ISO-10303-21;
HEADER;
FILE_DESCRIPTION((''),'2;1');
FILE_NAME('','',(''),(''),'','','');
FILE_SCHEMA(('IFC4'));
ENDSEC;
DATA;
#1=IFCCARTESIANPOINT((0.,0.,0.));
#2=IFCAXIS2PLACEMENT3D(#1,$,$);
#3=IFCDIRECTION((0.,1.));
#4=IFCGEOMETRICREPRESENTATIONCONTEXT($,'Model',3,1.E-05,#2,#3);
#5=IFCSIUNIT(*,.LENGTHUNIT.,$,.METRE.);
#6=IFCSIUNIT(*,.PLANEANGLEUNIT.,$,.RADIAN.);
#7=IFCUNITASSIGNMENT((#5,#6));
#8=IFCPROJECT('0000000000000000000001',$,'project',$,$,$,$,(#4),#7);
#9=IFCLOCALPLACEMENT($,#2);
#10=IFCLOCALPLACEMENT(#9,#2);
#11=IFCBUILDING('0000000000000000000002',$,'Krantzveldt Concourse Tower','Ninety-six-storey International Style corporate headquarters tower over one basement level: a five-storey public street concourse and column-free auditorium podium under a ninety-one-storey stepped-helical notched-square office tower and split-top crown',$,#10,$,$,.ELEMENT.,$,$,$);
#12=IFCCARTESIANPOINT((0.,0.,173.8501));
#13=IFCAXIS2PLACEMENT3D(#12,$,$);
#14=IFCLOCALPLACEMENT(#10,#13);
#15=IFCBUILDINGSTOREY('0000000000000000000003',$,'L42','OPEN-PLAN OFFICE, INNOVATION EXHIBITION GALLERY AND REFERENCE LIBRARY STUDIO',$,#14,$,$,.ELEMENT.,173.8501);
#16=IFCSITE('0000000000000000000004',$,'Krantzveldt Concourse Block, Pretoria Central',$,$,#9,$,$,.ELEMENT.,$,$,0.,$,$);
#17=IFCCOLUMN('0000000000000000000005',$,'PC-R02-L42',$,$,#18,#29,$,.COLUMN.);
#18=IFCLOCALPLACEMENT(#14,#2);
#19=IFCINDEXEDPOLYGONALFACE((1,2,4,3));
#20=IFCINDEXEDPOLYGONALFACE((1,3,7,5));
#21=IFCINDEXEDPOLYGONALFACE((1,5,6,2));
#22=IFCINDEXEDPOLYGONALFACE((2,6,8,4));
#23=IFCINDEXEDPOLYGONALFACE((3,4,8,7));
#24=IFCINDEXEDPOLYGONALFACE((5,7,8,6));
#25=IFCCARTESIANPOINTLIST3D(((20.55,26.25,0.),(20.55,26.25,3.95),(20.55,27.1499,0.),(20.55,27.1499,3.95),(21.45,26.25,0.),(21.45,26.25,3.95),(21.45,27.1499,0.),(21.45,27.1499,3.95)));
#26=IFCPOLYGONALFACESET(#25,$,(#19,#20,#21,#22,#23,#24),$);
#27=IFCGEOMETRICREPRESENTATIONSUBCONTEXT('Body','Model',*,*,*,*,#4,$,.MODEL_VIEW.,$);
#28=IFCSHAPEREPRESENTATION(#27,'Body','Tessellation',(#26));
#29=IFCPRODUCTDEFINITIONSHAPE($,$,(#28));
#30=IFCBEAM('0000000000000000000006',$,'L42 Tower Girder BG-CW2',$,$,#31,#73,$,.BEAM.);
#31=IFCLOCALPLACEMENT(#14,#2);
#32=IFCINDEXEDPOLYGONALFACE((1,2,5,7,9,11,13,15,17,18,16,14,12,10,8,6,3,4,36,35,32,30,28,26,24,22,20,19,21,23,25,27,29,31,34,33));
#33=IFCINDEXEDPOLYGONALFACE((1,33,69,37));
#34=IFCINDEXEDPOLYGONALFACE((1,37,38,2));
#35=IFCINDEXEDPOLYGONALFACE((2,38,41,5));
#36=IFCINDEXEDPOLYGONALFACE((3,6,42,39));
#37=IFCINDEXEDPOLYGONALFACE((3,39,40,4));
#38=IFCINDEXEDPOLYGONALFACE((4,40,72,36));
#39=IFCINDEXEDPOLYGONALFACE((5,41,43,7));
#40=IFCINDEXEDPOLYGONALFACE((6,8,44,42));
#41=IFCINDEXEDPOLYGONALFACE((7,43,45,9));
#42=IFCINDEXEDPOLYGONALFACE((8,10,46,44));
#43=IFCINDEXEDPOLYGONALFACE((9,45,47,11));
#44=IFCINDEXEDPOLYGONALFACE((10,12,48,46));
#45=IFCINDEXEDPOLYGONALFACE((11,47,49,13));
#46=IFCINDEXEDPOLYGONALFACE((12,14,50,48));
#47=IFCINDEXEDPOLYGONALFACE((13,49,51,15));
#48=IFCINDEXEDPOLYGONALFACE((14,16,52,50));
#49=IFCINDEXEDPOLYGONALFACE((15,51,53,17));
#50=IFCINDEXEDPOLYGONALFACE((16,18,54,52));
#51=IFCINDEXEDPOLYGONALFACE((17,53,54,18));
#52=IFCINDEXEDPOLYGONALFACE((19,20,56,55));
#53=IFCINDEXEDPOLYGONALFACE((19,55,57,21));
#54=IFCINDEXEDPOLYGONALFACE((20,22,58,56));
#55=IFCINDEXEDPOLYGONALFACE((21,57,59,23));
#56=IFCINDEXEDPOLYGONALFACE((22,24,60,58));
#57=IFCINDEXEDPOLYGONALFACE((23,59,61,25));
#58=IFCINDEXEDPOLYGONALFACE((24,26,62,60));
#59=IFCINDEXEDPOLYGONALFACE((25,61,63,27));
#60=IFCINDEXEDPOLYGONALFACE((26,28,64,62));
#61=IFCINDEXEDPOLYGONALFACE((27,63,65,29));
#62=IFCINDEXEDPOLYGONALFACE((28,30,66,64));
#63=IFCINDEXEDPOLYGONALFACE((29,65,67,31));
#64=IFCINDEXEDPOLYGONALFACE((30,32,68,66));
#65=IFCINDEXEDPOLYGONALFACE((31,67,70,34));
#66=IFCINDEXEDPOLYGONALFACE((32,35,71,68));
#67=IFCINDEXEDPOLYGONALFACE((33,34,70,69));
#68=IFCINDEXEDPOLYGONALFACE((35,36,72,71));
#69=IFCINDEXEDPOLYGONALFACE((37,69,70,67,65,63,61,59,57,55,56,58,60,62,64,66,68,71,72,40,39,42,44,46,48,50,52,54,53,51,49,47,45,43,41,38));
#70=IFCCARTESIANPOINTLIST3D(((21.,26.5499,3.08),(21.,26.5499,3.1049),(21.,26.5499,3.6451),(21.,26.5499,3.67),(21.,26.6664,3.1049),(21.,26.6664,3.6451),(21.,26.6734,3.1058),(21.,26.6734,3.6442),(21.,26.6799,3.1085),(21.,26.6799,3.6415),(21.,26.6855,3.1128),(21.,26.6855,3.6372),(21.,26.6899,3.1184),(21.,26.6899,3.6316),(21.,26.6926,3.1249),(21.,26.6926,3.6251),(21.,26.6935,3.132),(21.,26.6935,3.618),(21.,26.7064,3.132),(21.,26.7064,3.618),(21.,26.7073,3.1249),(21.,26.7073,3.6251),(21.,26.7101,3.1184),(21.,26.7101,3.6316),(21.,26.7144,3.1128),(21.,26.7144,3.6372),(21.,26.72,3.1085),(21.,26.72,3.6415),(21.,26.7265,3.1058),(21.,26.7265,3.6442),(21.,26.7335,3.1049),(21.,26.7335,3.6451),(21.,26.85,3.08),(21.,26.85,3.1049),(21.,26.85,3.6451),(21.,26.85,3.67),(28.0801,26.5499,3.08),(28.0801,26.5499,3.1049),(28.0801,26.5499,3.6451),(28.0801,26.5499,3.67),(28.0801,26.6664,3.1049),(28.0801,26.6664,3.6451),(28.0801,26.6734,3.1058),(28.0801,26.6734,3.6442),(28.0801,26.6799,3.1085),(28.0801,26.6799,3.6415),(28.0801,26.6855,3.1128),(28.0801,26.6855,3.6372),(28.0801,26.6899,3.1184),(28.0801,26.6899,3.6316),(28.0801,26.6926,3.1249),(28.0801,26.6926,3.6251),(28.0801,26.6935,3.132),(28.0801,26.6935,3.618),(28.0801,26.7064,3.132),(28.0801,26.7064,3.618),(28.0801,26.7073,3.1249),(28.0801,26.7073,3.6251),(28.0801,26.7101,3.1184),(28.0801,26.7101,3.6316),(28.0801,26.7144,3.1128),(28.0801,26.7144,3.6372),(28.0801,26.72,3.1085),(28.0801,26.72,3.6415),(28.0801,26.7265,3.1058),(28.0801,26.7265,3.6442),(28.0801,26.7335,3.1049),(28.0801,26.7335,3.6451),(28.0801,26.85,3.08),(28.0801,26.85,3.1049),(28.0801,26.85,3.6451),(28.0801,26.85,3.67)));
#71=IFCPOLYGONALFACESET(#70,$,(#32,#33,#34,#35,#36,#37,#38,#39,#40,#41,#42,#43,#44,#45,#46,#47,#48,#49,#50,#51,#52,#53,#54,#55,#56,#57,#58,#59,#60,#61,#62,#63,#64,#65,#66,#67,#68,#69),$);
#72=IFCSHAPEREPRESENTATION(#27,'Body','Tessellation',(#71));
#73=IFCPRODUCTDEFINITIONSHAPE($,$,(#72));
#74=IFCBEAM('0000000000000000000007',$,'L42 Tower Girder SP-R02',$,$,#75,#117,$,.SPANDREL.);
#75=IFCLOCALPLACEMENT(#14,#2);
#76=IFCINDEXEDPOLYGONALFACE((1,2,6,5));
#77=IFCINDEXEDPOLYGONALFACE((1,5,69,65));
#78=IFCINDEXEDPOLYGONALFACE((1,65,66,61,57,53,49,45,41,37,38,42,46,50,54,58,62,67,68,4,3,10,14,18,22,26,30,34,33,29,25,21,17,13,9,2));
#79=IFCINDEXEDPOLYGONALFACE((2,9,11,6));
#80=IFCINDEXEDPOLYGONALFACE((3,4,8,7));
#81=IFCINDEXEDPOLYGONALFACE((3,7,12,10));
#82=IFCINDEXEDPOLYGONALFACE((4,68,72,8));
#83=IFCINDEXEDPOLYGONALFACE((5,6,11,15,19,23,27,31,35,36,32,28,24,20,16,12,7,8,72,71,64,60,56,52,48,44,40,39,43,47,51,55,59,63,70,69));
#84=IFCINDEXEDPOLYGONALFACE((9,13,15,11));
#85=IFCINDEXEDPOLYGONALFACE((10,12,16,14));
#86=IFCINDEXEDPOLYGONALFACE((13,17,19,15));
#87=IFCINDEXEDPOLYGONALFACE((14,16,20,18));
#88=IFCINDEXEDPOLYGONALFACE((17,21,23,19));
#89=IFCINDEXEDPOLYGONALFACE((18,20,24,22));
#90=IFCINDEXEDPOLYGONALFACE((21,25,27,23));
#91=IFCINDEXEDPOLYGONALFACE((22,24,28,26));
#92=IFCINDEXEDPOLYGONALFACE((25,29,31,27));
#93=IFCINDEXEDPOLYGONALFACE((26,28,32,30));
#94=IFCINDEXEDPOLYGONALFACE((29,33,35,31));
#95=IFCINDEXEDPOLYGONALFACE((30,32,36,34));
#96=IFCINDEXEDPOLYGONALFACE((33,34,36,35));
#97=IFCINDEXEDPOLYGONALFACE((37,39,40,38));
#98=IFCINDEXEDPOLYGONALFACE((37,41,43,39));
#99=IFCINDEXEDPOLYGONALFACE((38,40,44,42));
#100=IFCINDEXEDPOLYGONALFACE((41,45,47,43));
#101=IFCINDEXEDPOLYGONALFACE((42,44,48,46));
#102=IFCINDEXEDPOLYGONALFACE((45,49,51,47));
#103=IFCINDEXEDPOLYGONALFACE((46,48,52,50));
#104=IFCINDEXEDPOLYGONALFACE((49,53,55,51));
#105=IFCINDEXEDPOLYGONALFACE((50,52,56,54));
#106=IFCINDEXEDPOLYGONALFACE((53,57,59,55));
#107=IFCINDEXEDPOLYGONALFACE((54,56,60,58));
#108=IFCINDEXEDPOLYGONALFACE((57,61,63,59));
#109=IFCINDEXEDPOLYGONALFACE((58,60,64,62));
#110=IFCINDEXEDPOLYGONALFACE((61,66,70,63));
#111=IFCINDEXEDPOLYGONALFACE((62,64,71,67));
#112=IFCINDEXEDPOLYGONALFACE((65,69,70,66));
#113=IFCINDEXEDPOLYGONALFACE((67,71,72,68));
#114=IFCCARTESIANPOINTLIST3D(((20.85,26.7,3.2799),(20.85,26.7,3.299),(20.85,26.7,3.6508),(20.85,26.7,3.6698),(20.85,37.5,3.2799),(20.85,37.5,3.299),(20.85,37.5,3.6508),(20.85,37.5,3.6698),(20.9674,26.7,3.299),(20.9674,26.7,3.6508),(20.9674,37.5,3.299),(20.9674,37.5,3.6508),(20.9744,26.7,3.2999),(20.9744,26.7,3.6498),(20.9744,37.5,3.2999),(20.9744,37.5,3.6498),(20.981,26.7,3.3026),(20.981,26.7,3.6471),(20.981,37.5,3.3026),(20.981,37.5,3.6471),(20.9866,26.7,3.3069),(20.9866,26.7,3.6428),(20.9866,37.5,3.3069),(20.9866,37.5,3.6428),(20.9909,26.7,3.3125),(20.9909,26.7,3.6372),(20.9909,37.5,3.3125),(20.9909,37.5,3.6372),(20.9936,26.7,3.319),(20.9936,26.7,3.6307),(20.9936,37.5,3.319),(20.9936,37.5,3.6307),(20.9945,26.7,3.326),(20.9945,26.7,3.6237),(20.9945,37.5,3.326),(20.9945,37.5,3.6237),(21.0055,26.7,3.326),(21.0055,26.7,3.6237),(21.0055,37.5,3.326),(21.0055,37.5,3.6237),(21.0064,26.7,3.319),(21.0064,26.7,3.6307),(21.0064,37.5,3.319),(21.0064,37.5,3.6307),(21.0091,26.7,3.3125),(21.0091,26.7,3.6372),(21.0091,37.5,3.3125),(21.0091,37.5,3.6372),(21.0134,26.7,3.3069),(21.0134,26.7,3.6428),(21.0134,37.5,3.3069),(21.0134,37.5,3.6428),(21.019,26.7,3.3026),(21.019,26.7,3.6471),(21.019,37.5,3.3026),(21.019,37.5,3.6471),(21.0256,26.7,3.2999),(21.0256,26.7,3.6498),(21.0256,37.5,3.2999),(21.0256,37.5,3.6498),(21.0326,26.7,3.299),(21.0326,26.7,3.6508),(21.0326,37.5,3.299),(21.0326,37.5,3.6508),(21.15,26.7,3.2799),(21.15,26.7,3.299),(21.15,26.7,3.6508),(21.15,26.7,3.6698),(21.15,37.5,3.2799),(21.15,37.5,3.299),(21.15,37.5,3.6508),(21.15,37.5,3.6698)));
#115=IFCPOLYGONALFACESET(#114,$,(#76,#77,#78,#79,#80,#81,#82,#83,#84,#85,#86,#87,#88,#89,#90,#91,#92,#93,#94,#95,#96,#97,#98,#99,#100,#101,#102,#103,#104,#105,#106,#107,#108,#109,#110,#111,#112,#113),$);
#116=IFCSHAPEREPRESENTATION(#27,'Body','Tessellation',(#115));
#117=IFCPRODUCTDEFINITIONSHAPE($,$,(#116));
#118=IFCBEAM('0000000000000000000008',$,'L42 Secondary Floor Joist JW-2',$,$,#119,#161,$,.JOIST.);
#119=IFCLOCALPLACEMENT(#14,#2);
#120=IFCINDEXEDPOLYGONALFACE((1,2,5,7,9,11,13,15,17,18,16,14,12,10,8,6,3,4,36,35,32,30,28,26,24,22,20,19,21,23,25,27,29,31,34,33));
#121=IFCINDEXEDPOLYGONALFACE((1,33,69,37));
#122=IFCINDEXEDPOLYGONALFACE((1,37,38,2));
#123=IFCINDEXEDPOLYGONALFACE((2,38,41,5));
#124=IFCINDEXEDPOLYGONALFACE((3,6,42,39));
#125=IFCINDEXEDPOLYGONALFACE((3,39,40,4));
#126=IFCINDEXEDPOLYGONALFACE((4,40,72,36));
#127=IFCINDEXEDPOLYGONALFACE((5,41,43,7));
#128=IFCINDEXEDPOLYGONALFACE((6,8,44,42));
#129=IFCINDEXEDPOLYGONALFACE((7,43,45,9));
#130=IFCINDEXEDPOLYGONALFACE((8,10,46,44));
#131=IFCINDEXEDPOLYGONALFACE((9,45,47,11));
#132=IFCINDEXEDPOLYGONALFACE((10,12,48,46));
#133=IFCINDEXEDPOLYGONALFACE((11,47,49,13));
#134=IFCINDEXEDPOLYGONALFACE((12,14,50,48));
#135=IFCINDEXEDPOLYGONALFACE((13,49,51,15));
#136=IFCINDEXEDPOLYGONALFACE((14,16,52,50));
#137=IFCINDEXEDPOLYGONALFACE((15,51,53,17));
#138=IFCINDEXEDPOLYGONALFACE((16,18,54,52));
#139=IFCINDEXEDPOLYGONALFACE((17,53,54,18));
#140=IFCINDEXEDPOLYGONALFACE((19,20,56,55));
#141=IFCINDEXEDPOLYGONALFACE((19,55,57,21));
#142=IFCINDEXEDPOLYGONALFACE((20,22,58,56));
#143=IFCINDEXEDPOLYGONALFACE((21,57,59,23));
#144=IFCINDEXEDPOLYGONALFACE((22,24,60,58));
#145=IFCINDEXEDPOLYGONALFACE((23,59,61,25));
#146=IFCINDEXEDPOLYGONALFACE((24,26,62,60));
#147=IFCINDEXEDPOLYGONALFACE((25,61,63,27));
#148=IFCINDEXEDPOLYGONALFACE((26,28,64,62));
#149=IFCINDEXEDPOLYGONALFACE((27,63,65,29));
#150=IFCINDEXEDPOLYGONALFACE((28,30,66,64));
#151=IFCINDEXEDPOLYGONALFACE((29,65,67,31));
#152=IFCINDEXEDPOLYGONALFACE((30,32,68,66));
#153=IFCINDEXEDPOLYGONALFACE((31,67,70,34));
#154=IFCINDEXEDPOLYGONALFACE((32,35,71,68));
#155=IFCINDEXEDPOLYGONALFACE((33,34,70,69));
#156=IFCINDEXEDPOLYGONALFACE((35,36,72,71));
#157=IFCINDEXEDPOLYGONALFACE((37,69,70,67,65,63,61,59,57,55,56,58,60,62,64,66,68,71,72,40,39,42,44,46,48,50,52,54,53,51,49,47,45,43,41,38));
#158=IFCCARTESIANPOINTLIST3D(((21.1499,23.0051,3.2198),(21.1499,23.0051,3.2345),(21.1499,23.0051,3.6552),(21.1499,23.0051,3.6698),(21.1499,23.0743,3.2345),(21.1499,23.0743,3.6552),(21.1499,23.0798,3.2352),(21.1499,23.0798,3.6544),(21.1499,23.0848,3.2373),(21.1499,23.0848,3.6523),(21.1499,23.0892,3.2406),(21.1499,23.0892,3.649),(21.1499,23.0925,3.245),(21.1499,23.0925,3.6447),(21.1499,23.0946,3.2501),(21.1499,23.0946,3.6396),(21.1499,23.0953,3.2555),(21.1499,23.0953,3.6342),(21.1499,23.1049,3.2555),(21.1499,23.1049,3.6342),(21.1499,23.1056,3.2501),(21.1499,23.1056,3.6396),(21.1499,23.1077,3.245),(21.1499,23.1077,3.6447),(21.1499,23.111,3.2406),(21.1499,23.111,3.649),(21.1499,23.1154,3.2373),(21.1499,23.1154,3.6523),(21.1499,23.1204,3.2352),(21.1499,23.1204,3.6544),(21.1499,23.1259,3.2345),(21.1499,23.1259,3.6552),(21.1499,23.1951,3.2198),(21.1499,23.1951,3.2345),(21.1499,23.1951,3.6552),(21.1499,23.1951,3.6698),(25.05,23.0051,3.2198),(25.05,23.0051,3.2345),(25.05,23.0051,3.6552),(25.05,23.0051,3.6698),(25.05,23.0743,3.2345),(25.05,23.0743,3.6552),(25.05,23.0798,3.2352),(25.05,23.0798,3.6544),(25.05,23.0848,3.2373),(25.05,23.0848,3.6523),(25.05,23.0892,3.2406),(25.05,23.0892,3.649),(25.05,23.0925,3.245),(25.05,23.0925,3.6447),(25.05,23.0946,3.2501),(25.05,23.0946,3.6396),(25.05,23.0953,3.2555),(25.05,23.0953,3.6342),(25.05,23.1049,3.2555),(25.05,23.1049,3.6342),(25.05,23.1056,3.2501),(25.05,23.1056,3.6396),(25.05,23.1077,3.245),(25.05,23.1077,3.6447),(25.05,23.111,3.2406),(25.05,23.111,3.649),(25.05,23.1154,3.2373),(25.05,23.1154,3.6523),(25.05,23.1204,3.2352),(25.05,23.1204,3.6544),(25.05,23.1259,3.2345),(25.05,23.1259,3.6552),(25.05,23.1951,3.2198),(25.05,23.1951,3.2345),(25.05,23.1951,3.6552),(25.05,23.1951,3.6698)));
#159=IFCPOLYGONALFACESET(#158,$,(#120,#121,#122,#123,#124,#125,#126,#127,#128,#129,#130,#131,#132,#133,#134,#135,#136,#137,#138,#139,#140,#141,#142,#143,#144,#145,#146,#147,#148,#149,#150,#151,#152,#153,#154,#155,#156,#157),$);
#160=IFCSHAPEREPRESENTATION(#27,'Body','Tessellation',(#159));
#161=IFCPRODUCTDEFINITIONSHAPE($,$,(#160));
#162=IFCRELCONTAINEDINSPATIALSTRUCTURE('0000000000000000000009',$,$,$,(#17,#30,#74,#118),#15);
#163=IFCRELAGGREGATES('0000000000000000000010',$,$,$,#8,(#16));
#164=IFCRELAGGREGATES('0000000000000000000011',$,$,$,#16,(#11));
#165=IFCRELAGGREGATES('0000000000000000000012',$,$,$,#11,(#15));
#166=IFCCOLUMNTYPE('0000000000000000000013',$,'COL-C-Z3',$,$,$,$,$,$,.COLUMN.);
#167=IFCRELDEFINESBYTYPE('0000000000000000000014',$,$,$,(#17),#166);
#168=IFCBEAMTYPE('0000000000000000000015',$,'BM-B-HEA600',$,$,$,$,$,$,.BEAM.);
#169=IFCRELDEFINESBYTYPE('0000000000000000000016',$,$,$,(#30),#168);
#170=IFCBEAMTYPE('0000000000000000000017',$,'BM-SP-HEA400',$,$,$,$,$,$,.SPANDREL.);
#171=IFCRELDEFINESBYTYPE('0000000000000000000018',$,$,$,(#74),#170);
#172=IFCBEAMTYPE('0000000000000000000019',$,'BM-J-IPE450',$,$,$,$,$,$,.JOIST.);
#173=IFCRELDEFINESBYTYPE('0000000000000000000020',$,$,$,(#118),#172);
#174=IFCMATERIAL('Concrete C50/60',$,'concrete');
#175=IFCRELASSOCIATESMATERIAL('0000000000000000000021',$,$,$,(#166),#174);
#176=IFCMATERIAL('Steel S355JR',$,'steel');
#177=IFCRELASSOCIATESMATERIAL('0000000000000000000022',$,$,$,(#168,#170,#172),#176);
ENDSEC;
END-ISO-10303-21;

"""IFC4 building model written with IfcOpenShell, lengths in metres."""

from ifc_helpers import new_model, si_unit, direction, frame, origin, origin_2d, place, context, subcontext, project, spatial, rectangle, i_section, extrude, source, transform, mapped, material, material_profile, profile_set, type_object, type_shapes, element, save


model = new_model("IFC4")

# Units and contexts
model_context = context("Model", 3, precision=1e-05, world=origin(), true_north=direction((0.0, 1.0)))
body_context = subcontext(model_context, "Body", "Model", "MODEL_VIEW")
ifc_project = project(units=[si_unit("LENGTHUNIT", "METRE"), si_unit("PLANEANGLEUNIT", "RADIAN")], contexts=[model_context])

# Site, building, storey
site_placement = place(None, origin())
site = spatial("IfcSite", under=ifc_project, at=site_placement, Name="Krantzveldt Concourse Block, Pretoria Central", CompositionType="ELEMENT", RefElevation=0.0)
building_placement = place(site_placement, origin())
building = spatial("IfcBuilding", under=site, at=building_placement, Name="Krantzveldt Concourse Tower", Description="Ninety-six-storey International Style corporate headquarters tower over one basement level: a five-storey public street concourse and column-free auditorium podium under a ninety-one-storey stepped-helical notched-square office tower and split-top crown", CompositionType="ELEMENT")
storey_placement = place(building_placement, frame((0.0, 0.0, 173.8501)))
storey = spatial("IfcBuildingStorey", under=building, at=storey_placement, Name="L42", Description="OPEN-PLAN OFFICE, INNOVATION EXHIBITION GALLERY AND REFERENCE LIBRARY STUDIO", CompositionType="ELEMENT", Elevation=173.8501)

# Column
ifc_material_1 = material(Name="Concrete C50/60", Category="concrete")
ifc_material_profile_1 = material_profile(ifc_material_1, rectangle(XDim=0.8999, YDim=0.8999, at=origin_2d()), Name="Concrete C50/60", Category="concrete")
ifc_profile_set_1 = profile_set([ifc_material_profile_1], Name="Concrete C50/60 - RC 900x900")
column_type = type_object("IfcColumnType", Name="COL-C-Z3", PredefinedType="COLUMN", material=ifc_profile_set_1)
shared_shape_1 = source(origin(), body_context, "Body", "SweptSolid", [
    extrude(rectangle(XDim=0.8999, YDim=0.8999, at=origin_2d()), origin(), (0.0, 0.0, 1.0), 3.95),
])
type_shapes(column_type, [shared_shape_1])
column_placement = place(storey_placement, frame((21.0, 26.7, 0.0), z_axis=(0.0, 0.0, 1.0), x_axis=(1.0, 0.0, 0.0)))
element("IfcColumn", 1, at=column_placement, inside=storey, type_object=column_type, Name="PC-R02-L42", PredefinedType="COLUMN", context=body_context, shape_type="MappedRepresentation", body=[
    mapped(shared_shape_1, transform((0.0, 0.0, 0.0), x_axis=(1.0, 0.0, 0.0), y_axis=(0.0, 1.0, 0.0), z_axis=(0.0, 0.0, 1.0), scale=1.0)),
])

# Beams
ifc_material_2 = material(Name="Steel S355JR", Category="steel")
ifc_material_profile_2 = material_profile(ifc_material_2, i_section(OverallWidth=0.3, OverallDepth=0.5901, WebThickness=0.0129, FlangeThickness=0.0249, FilletRadius=0.0271, at=origin_2d()), Name="Steel S355JR", Category="steel")
ifc_profile_set_2 = profile_set([ifc_material_profile_2], Name="Steel S355JR - HEA 600")
beam_type_1 = type_object("IfcBeamType", Name="BM-B-HEA600", PredefinedType="BEAM", material=ifc_profile_set_2)
shared_shape_2 = source(origin(), body_context, "Body", "SweptSolid", [
    extrude(i_section(OverallWidth=0.3, OverallDepth=0.5901, WebThickness=0.0129, FlangeThickness=0.0249, FilletRadius=0.0271, at=origin_2d()), origin(), (0.0, 0.0, 1.0), 7.0801),
])
type_shapes(beam_type_1, [shared_shape_2])
beam_1_placement = place(storey_placement, frame((21.0, 26.7, 3.375), z_axis=(1.0, 0.0, 0.0), x_axis=(0.0, 1.0, 0.0)))
element("IfcBeam", 2, at=beam_1_placement, inside=storey, type_object=beam_type_1, Name="L42 Tower Girder BG-CW2", PredefinedType="BEAM", context=body_context, shape_type="MappedRepresentation", body=[
    mapped(shared_shape_2, transform((0.0, 0.0, 0.0), x_axis=(1.0, 0.0, 0.0), y_axis=(0.0, 1.0, 0.0), z_axis=(0.0, 0.0, 1.0), scale=1.0)),
])
ifc_material_profile_3 = material_profile(ifc_material_2, i_section(OverallWidth=0.3, OverallDepth=0.3899, WebThickness=0.011, FlangeThickness=0.019, FilletRadius=0.0271, at=origin_2d()), Name="Steel S355JR", Category="steel")
ifc_profile_set_3 = profile_set([ifc_material_profile_3], Name="Steel S355JR - HEA 400")
beam_type_2 = type_object("IfcBeamType", Name="BM-SP-HEA400", PredefinedType="SPANDREL", material=ifc_profile_set_3)
shared_shape_3 = source(origin(), body_context, "Body", "SweptSolid", [
    extrude(i_section(OverallWidth=0.3, OverallDepth=0.3899, WebThickness=0.011, FlangeThickness=0.019, FilletRadius=0.0271, at=origin_2d()), origin(), (0.0, 0.0, 1.0), 10.8),
])
type_shapes(beam_type_2, [shared_shape_3])
beam_2_placement = place(storey_placement, frame((21.0, 26.7, 3.4749), z_axis=(0.0, 1.0, 0.0), x_axis=(-1.0, 0.0, 0.0)))
element("IfcBeam", 3, at=beam_2_placement, inside=storey, type_object=beam_type_2, Name="L42 Tower Girder SP-R02", PredefinedType="SPANDREL", context=body_context, shape_type="MappedRepresentation", body=[
    mapped(shared_shape_3, transform((0.0, 0.0, 0.0), x_axis=(1.0, 0.0, 0.0), y_axis=(0.0, 1.0, 0.0), z_axis=(0.0, 0.0, 1.0), scale=1.0)),
])
ifc_material_profile_4 = material_profile(ifc_material_2, i_section(OverallWidth=0.1899, OverallDepth=0.45, WebThickness=0.0095, FlangeThickness=0.0146, FilletRadius=0.021, at=origin_2d()), Name="Steel S355JR", Category="steel")
ifc_profile_set_4 = profile_set([ifc_material_profile_4], Name="Steel S355JR - IPE 450")
beam_type_3 = type_object("IfcBeamType", Name="BM-J-IPE450", PredefinedType="JOIST", material=ifc_profile_set_4)
shared_shape_4 = source(origin(), body_context, "Body", "SweptSolid", [
    extrude(i_section(OverallWidth=0.1899, OverallDepth=0.45, WebThickness=0.0095, FlangeThickness=0.0146, FilletRadius=0.021, at=origin_2d()), origin(), (0.0, 0.0, 1.0), 3.9001),
])
type_shapes(beam_type_3, [shared_shape_4])
beam_3_placement = place(storey_placement, frame((21.1499, 23.1001, 3.4448), z_axis=(1.0, 0.0, 0.0), x_axis=(0.0, 1.0, 0.0)))
element("IfcBeam", 4, at=beam_3_placement, inside=storey, type_object=beam_type_3, Name="L42 Secondary Floor Joist JW-2", PredefinedType="JOIST", context=body_context, shape_type="MappedRepresentation", body=[
    mapped(shared_shape_4, transform((0.0, 0.0, 0.0), x_axis=(1.0, 0.0, 0.0), y_axis=(0.0, 1.0, 0.0), z_axis=(0.0, 0.0, 1.0), scale=1.0)),
])

save(model, "model.ifc")
